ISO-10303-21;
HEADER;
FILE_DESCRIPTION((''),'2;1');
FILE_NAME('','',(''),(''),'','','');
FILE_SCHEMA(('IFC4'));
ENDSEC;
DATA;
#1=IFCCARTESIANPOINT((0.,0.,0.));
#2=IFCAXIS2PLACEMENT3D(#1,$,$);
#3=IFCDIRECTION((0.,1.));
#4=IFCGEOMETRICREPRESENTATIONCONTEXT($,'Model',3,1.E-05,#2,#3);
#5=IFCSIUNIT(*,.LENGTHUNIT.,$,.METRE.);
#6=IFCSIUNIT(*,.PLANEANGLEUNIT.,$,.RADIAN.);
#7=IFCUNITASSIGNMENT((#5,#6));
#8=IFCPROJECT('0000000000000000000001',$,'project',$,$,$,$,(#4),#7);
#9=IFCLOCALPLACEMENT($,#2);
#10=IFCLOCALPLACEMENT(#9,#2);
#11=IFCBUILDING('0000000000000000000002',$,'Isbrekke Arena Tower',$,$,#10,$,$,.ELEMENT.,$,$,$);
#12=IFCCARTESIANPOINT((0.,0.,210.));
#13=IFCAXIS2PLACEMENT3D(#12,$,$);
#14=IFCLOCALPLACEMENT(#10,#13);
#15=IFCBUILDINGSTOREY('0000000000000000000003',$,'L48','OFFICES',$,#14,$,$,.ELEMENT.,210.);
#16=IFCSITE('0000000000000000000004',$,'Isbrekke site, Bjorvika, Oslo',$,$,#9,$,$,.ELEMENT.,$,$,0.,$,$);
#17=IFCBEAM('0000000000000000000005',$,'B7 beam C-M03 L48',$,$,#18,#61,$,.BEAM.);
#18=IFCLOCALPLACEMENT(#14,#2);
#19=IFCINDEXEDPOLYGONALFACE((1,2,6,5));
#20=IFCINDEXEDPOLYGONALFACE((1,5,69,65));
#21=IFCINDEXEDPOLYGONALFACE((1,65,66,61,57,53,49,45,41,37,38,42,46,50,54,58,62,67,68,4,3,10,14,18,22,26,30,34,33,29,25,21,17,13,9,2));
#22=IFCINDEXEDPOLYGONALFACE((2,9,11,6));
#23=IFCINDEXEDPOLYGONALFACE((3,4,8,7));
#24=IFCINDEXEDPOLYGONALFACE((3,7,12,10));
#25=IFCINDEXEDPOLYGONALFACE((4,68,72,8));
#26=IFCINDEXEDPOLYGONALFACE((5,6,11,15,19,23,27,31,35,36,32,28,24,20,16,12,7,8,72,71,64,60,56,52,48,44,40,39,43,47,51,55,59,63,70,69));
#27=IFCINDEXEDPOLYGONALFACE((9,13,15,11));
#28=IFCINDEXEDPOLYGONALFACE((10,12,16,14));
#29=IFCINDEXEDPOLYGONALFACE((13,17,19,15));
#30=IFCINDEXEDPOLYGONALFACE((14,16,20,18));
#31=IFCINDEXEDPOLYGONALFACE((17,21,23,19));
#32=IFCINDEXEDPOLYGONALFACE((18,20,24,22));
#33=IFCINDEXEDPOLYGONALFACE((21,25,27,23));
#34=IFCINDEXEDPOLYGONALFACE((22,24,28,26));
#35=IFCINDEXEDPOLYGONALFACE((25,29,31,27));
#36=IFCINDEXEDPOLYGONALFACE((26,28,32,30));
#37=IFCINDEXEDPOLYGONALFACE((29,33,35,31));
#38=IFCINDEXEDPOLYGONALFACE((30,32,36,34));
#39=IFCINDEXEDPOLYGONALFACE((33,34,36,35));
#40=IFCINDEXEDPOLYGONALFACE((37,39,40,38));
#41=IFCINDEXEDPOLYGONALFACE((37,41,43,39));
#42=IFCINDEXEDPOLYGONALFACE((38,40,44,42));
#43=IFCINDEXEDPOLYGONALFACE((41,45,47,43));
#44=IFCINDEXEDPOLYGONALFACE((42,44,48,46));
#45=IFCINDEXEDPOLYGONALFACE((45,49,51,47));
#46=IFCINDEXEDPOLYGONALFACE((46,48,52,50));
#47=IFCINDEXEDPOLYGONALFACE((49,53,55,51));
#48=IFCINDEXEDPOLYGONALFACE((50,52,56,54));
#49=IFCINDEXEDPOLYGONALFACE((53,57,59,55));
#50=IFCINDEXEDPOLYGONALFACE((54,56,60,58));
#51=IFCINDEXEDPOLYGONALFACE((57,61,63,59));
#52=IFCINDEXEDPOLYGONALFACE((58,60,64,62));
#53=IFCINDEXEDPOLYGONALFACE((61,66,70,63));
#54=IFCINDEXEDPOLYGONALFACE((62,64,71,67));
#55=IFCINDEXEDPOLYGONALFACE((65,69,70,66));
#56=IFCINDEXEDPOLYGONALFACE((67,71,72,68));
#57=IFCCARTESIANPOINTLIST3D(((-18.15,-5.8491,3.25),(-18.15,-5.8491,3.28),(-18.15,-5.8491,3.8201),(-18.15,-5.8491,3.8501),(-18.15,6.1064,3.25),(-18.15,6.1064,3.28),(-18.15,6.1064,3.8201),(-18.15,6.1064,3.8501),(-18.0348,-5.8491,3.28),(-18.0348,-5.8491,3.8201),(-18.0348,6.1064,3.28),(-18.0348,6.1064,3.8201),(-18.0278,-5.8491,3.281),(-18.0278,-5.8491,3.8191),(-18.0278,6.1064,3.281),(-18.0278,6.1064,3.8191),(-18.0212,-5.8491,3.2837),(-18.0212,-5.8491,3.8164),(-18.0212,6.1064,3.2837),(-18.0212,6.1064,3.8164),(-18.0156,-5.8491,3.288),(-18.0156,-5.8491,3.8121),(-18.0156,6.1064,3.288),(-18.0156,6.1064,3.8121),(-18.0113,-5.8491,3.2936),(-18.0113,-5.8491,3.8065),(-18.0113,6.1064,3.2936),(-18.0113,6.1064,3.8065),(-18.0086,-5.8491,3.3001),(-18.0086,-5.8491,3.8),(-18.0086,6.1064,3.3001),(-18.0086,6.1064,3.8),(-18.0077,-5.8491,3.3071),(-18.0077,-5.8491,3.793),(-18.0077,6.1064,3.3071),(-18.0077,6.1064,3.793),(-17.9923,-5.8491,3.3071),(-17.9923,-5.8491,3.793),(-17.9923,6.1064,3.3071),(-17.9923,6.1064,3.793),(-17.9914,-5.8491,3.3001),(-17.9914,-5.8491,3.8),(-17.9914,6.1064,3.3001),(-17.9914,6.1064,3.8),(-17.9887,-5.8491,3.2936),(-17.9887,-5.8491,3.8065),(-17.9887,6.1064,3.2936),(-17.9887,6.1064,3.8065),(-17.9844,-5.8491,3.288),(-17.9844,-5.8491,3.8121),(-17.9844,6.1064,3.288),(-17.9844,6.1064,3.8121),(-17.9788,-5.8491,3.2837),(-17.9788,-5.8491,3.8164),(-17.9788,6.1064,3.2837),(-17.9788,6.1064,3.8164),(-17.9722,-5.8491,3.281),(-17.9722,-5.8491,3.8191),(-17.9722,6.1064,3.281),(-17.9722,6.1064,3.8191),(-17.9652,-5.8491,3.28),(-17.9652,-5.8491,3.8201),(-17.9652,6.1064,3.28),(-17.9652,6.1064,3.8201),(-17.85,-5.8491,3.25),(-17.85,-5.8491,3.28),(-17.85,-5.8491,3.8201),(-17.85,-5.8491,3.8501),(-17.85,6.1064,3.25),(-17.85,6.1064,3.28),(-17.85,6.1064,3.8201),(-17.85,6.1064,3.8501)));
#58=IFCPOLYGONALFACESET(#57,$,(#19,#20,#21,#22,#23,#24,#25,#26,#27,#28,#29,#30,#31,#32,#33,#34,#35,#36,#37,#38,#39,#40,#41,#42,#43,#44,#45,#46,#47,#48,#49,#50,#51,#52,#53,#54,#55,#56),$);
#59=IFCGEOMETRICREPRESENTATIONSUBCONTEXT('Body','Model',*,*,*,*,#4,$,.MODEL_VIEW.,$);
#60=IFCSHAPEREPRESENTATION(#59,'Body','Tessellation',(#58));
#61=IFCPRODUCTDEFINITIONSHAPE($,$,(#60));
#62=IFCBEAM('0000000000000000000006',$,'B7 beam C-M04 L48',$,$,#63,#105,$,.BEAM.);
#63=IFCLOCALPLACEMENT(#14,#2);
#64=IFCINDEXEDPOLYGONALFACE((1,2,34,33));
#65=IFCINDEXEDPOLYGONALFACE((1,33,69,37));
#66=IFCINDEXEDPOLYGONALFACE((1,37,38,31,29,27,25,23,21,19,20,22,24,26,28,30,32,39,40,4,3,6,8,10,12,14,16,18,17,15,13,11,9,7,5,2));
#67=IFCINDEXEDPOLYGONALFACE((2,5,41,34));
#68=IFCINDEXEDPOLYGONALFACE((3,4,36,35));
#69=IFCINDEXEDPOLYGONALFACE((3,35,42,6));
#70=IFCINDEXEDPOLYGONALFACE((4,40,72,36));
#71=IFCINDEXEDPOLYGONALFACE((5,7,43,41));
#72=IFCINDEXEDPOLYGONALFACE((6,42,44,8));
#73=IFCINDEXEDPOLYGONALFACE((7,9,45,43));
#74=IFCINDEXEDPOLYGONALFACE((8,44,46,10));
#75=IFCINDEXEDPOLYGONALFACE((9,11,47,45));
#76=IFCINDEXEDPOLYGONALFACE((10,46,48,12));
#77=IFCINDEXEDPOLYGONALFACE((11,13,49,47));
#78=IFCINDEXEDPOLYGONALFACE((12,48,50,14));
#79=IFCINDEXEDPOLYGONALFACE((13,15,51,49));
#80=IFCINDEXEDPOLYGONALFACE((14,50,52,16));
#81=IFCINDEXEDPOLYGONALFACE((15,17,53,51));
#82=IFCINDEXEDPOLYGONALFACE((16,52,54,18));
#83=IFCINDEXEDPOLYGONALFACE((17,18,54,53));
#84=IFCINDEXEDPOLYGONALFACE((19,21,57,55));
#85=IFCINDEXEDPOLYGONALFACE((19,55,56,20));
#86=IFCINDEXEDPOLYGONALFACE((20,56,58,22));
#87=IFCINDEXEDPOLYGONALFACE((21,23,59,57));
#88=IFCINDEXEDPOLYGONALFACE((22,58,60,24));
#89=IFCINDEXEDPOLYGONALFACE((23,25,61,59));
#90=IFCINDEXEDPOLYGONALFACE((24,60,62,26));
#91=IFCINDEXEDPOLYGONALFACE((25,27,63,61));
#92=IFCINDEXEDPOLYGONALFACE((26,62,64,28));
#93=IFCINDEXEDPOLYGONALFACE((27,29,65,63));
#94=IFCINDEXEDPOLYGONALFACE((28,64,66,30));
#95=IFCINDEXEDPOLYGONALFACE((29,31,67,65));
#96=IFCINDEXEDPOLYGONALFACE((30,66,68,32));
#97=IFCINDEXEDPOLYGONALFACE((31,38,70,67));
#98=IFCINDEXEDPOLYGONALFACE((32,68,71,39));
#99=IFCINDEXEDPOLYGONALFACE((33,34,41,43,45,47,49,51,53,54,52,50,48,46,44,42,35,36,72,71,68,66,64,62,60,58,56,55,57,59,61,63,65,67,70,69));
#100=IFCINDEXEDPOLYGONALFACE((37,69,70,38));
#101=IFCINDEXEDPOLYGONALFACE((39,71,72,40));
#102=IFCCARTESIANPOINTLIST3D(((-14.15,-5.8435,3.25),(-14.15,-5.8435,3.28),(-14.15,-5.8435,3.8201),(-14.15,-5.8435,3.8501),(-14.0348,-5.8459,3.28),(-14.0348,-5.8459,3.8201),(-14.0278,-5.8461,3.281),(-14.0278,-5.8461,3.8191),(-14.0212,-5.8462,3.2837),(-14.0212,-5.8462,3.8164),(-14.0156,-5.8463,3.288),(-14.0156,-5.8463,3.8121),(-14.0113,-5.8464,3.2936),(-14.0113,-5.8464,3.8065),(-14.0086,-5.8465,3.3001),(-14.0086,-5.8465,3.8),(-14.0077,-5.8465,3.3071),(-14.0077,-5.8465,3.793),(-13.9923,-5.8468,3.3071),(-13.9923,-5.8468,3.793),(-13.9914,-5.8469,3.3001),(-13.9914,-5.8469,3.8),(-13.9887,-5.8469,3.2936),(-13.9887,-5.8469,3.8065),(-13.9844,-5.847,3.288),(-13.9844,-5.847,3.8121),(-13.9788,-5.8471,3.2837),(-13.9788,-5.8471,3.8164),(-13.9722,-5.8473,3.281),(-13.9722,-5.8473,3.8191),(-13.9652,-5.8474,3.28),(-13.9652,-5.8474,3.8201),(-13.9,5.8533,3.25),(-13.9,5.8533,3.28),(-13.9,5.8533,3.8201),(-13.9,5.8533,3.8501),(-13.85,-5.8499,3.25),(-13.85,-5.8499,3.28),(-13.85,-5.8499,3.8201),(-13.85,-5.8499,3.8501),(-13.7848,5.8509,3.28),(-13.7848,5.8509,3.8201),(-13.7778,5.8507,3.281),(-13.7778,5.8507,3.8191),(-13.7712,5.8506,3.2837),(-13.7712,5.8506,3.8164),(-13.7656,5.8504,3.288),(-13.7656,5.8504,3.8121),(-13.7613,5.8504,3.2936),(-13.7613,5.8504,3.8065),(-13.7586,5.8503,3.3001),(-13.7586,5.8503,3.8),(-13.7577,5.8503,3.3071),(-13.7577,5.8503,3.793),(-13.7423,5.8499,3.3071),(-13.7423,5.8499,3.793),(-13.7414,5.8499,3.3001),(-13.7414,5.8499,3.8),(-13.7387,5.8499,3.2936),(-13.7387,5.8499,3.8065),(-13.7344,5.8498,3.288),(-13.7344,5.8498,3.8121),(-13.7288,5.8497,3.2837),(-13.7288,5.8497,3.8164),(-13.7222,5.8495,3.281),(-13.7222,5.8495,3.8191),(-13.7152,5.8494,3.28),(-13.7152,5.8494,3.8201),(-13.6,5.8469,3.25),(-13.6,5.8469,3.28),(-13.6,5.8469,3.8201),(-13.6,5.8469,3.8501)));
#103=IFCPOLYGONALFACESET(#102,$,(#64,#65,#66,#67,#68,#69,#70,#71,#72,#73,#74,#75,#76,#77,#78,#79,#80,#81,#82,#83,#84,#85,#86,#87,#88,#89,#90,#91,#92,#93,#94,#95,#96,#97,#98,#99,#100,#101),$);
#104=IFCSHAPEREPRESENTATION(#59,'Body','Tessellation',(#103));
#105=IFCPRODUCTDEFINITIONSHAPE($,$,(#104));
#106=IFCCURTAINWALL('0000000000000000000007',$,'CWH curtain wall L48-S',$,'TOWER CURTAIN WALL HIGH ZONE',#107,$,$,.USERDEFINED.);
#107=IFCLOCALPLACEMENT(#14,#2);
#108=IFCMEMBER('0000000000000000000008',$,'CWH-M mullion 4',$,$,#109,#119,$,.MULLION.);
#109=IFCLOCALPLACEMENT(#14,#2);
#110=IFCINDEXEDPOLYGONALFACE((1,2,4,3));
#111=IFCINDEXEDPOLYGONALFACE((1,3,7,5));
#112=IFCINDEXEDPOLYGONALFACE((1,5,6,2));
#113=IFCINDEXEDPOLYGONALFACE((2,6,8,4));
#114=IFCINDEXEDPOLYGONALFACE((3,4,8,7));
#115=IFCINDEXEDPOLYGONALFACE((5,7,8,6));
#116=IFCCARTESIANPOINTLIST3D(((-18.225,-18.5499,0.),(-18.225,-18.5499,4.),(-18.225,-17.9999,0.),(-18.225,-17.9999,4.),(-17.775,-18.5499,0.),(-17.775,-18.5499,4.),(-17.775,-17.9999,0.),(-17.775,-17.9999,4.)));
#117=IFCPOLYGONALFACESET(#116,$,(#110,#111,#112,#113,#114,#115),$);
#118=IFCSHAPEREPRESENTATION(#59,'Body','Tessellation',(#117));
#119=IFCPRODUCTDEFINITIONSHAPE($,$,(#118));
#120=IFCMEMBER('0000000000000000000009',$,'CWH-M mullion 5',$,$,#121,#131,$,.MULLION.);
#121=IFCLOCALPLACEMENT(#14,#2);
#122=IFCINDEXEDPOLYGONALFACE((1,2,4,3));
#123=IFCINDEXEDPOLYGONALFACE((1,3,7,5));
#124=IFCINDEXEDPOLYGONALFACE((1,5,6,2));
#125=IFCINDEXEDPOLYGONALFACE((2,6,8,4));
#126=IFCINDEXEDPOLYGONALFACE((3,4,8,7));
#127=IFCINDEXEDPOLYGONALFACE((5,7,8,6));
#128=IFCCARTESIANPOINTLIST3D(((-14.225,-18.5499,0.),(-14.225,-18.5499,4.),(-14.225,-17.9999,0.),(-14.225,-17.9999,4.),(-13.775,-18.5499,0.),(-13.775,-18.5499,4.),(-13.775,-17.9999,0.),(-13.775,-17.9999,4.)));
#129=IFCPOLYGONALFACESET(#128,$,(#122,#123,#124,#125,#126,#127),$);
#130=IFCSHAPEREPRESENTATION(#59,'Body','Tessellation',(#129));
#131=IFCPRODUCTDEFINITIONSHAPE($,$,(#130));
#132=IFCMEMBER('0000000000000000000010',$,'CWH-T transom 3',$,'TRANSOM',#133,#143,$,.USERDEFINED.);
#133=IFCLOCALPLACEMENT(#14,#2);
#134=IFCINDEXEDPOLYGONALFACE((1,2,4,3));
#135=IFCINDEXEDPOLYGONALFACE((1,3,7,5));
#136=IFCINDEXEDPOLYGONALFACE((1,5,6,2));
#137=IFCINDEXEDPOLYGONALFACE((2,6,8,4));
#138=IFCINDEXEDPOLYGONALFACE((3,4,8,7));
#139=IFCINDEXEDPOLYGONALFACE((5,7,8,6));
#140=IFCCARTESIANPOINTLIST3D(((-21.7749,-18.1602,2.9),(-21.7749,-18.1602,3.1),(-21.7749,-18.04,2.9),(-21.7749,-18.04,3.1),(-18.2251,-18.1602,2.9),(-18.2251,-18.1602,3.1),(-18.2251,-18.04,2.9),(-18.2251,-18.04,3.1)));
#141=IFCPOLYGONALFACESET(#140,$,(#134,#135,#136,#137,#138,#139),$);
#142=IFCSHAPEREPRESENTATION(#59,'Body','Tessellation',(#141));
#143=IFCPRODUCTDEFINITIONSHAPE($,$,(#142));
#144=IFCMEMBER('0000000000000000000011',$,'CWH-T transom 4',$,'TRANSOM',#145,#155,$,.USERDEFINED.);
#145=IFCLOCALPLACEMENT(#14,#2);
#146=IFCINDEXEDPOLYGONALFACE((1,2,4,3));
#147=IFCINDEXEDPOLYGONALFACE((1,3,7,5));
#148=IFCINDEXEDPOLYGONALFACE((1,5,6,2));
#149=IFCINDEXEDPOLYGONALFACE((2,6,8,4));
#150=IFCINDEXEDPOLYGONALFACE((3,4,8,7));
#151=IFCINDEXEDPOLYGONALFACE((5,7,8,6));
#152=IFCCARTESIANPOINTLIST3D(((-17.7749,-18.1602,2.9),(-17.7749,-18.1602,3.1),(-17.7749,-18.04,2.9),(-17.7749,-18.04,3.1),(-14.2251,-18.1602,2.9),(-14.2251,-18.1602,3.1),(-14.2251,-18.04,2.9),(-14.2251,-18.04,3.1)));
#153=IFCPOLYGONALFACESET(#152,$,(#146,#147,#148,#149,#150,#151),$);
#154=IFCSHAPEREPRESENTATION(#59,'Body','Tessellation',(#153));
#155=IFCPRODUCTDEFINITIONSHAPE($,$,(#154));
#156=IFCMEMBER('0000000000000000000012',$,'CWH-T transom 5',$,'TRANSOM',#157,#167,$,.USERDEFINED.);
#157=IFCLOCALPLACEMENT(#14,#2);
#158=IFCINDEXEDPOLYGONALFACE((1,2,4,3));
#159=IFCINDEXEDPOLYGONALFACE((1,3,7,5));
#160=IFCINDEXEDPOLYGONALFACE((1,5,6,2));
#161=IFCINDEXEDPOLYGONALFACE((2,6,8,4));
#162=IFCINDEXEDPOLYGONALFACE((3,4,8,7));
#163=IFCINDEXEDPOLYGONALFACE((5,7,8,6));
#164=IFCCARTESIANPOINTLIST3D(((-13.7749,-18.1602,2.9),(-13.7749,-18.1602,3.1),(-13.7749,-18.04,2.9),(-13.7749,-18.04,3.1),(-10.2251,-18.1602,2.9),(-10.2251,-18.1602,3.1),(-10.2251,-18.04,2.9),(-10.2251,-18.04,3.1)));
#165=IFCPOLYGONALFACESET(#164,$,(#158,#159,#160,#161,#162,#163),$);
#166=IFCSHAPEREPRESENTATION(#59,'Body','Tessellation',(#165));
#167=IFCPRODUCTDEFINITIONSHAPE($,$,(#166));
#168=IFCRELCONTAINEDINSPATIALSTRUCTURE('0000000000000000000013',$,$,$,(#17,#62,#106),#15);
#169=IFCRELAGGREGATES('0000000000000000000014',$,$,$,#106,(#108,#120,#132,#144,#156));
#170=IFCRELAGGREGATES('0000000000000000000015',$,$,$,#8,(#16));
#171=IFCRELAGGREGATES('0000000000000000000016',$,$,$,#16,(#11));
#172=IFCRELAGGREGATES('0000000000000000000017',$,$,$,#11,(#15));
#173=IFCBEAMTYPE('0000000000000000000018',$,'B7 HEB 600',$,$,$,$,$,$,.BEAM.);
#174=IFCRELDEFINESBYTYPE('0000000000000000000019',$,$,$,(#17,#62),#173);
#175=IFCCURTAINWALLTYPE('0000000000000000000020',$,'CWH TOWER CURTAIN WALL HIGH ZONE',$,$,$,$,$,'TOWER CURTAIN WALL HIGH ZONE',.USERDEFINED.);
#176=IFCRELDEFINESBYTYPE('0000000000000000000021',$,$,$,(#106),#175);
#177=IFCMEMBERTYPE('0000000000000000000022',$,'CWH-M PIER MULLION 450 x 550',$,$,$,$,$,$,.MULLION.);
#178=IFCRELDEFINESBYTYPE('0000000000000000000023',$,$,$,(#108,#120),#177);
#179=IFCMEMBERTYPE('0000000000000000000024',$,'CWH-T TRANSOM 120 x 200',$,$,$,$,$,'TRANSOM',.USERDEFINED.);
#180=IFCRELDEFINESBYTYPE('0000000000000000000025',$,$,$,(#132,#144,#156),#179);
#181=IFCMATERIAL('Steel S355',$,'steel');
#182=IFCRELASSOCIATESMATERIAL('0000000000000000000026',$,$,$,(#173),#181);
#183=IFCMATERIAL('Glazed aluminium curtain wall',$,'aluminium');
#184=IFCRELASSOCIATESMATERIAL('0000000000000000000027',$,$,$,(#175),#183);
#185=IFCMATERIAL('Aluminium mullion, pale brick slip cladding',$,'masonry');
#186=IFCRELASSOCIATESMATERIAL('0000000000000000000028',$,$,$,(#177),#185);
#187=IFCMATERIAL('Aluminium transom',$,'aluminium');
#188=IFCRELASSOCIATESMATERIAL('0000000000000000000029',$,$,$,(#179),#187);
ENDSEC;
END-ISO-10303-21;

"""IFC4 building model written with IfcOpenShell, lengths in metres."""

from ifc_helpers import new_model, si_unit, direction, frame, origin, origin_2d, place, context, subcontext, project, spatial, rectangle, i_section, extrude, material, material_profile, profile_set, type_object, element, aggregate, save


model = new_model("IFC4")

# Units and contexts
model_context = context("Model", 3, precision=1e-05, world=origin(), true_north=direction((0.0, 1.0)))
body_context = subcontext(model_context, "Body", "Model", "MODEL_VIEW")
ifc_project = project(units=[si_unit("LENGTHUNIT", "METRE"), si_unit("PLANEANGLEUNIT", "RADIAN")], contexts=[model_context])

# Site, building, storey
site_placement = place(None, origin())
site = spatial("IfcSite", under=ifc_project, at=site_placement, Name="Isbrekke site, Bjorvika, Oslo", CompositionType="ELEMENT", RefElevation=0.0)
building_placement = place(site_placement, origin())
building = spatial("IfcBuilding", under=site, at=building_placement, Name="Isbrekke Arena Tower", CompositionType="ELEMENT")
storey_placement = place(building_placement, frame((0.0, 0.0, 210.0)))
storey = spatial("IfcBuildingStorey", under=building, at=storey_placement, Name="L48", Description="OFFICES", CompositionType="ELEMENT", Elevation=210.0)

# Beams
ifc_material_1 = material(Name="Steel S355", Category="steel")
ifc_material_profile_1 = material_profile(ifc_material_1, i_section(OverallWidth=0.3, OverallDepth=0.6001, WebThickness=0.0154, FlangeThickness=0.03, FilletRadius=0.0271, at=origin_2d()), Name="HEB 600")
ifc_profile_set_1 = profile_set([ifc_material_profile_1], Name="Steel S355")
beam_type_1 = type_object("IfcBeamType", Name="B7 HEB 600", PredefinedType="BEAM", material=ifc_profile_set_1)
beam_1_placement = place(storey_placement, frame((-18.0, -5.8491, 3.55), z_axis=(0.0, 1.0, 0.0), x_axis=(-1.0, 0.0, 0.0)))
element("IfcBeam", 1, at=beam_1_placement, inside=storey, type_object=beam_type_1, Name="B7 beam C-M03 L48", PredefinedType="BEAM", context=body_context, shape_type="SweptSolid", body=[
    extrude(i_section(OverallWidth=0.3, OverallDepth=0.6001, WebThickness=0.0154, FlangeThickness=0.03, FilletRadius=0.0271, at=origin_2d()), origin(), (0.0, 0.0, 1.0), 11.9556),
])
beam_2_placement = place(storey_placement, frame((-14.0, -5.8467, 3.55), z_axis=(0.021369, 0.999772, 0.0), x_axis=(-0.999772, 0.021369, 0.0)))
element("IfcBeam", 2, at=beam_2_placement, inside=storey, type_object=beam_type_1, Name="B7 beam C-M04 L48", PredefinedType="BEAM", context=body_context, shape_type="SweptSolid", body=[
    extrude(i_section(OverallWidth=0.3, OverallDepth=0.6001, WebThickness=0.0154, FlangeThickness=0.03, FilletRadius=0.0271, at=origin_2d()), origin(), (0.0, 0.0, 1.0), 11.6995),
])

# Curtain wall, members
ifc_material_2 = material(Name="Glazed aluminium curtain wall", Category="aluminium")
curtain_wall_type = type_object("IfcCurtainWallType", Name="CWH TOWER CURTAIN WALL HIGH ZONE", ElementType="TOWER CURTAIN WALL HIGH ZONE", PredefinedType="USERDEFINED", material=ifc_material_2)
curtain_wall_placement = place(storey_placement, origin())
curtain_wall = element("IfcCurtainWall", 3, at=curtain_wall_placement, inside=storey, type_object=curtain_wall_type, Name="CWH curtain wall L48-S", ObjectType="TOWER CURTAIN WALL HIGH ZONE", PredefinedType="USERDEFINED")
ifc_material_3 = material(Name="Aluminium mullion, pale brick slip cladding", Category="masonry")
ifc_material_profile_2 = material_profile(ifc_material_3, rectangle(XDim=0.45, YDim=0.55, at=origin_2d()), Name="PIER 450X550")
ifc_profile_set_2 = profile_set([ifc_material_profile_2], Name="Aluminium mullion, pale brick slip cladding")
member_type_1 = type_object("IfcMemberType", Name="CWH-M PIER MULLION 450 x 550", PredefinedType="MULLION", material=ifc_profile_set_2)
member_1_placement = place(storey_placement, frame((-18.0, -18.2749, 0.0), z_axis=(0.0, 0.0, 1.0), x_axis=(1.0, 0.0, 0.0)))
member_1 = element("IfcMember", 4, at=member_1_placement, type_object=member_type_1, Name="CWH-M mullion 4", PredefinedType="MULLION", context=body_context, shape_type="SweptSolid", body=[
    extrude(rectangle(XDim=0.45, YDim=0.55, at=origin_2d()), origin(), (0.0, 0.0, 1.0), 4.0),
])
member_2_placement = place(storey_placement, frame((-14.0, -18.2749, 0.0), z_axis=(0.0, 0.0, 1.0), x_axis=(1.0, 0.0, 0.0)))
member_2 = element("IfcMember", 5, at=member_2_placement, type_object=member_type_1, Name="CWH-M mullion 5", PredefinedType="MULLION", context=body_context, shape_type="SweptSolid", body=[
    extrude(rectangle(XDim=0.45, YDim=0.55, at=origin_2d()), origin(), (0.0, 0.0, 1.0), 4.0),
])
ifc_material_4 = material(Name="Aluminium transom", Category="aluminium")
ifc_material_profile_3 = material_profile(ifc_material_4, rectangle(XDim=0.1201, YDim=0.2, at=origin_2d()), Name="TRANSOM 120X200")
ifc_profile_set_3 = profile_set([ifc_material_profile_3], Name="Aluminium transom")
member_type_2 = type_object("IfcMemberType", Name="CWH-T TRANSOM 120 x 200", ElementType="TRANSOM", PredefinedType="USERDEFINED", material=ifc_profile_set_3)
member_3_placement = place(storey_placement, frame((-21.7749, -18.1001, 3.0), z_axis=(1.0, 0.0, 0.0), x_axis=(0.0, 1.0, 0.0)))
member_3 = element("IfcMember", 6, at=member_3_placement, type_object=member_type_2, Name="CWH-T transom 3", ObjectType="TRANSOM", PredefinedType="USERDEFINED", context=body_context, shape_type="SweptSolid", body=[
    extrude(rectangle(XDim=0.1201, YDim=0.2, at=origin_2d()), origin(), (0.0, 0.0, 1.0), 3.5498),
])
member_4_placement = place(storey_placement, frame((-17.7749, -18.1001, 3.0), z_axis=(1.0, 0.0, 0.0), x_axis=(0.0, 1.0, 0.0)))
member_4 = element("IfcMember", 7, at=member_4_placement, type_object=member_type_2, Name="CWH-T transom 4", ObjectType="TRANSOM", PredefinedType="USERDEFINED", context=body_context, shape_type="SweptSolid", body=[
    extrude(rectangle(XDim=0.1201, YDim=0.2, at=origin_2d()), origin(), (0.0, 0.0, 1.0), 3.5498),
])
member_5_placement = place(storey_placement, frame((-13.7749, -18.1001, 3.0), z_axis=(1.0, 0.0, 0.0), x_axis=(0.0, 1.0, 0.0)))
member_5 = element("IfcMember", 8, at=member_5_placement, type_object=member_type_2, Name="CWH-T transom 5", ObjectType="TRANSOM", PredefinedType="USERDEFINED", context=body_context, shape_type="SweptSolid", body=[
    extrude(rectangle(XDim=0.1201, YDim=0.2, at=origin_2d()), origin(), (0.0, 0.0, 1.0), 3.5498),
])

aggregate(curtain_wall, [member_1, member_2, member_3, member_4, member_5])

save(model, "model.ifc")
